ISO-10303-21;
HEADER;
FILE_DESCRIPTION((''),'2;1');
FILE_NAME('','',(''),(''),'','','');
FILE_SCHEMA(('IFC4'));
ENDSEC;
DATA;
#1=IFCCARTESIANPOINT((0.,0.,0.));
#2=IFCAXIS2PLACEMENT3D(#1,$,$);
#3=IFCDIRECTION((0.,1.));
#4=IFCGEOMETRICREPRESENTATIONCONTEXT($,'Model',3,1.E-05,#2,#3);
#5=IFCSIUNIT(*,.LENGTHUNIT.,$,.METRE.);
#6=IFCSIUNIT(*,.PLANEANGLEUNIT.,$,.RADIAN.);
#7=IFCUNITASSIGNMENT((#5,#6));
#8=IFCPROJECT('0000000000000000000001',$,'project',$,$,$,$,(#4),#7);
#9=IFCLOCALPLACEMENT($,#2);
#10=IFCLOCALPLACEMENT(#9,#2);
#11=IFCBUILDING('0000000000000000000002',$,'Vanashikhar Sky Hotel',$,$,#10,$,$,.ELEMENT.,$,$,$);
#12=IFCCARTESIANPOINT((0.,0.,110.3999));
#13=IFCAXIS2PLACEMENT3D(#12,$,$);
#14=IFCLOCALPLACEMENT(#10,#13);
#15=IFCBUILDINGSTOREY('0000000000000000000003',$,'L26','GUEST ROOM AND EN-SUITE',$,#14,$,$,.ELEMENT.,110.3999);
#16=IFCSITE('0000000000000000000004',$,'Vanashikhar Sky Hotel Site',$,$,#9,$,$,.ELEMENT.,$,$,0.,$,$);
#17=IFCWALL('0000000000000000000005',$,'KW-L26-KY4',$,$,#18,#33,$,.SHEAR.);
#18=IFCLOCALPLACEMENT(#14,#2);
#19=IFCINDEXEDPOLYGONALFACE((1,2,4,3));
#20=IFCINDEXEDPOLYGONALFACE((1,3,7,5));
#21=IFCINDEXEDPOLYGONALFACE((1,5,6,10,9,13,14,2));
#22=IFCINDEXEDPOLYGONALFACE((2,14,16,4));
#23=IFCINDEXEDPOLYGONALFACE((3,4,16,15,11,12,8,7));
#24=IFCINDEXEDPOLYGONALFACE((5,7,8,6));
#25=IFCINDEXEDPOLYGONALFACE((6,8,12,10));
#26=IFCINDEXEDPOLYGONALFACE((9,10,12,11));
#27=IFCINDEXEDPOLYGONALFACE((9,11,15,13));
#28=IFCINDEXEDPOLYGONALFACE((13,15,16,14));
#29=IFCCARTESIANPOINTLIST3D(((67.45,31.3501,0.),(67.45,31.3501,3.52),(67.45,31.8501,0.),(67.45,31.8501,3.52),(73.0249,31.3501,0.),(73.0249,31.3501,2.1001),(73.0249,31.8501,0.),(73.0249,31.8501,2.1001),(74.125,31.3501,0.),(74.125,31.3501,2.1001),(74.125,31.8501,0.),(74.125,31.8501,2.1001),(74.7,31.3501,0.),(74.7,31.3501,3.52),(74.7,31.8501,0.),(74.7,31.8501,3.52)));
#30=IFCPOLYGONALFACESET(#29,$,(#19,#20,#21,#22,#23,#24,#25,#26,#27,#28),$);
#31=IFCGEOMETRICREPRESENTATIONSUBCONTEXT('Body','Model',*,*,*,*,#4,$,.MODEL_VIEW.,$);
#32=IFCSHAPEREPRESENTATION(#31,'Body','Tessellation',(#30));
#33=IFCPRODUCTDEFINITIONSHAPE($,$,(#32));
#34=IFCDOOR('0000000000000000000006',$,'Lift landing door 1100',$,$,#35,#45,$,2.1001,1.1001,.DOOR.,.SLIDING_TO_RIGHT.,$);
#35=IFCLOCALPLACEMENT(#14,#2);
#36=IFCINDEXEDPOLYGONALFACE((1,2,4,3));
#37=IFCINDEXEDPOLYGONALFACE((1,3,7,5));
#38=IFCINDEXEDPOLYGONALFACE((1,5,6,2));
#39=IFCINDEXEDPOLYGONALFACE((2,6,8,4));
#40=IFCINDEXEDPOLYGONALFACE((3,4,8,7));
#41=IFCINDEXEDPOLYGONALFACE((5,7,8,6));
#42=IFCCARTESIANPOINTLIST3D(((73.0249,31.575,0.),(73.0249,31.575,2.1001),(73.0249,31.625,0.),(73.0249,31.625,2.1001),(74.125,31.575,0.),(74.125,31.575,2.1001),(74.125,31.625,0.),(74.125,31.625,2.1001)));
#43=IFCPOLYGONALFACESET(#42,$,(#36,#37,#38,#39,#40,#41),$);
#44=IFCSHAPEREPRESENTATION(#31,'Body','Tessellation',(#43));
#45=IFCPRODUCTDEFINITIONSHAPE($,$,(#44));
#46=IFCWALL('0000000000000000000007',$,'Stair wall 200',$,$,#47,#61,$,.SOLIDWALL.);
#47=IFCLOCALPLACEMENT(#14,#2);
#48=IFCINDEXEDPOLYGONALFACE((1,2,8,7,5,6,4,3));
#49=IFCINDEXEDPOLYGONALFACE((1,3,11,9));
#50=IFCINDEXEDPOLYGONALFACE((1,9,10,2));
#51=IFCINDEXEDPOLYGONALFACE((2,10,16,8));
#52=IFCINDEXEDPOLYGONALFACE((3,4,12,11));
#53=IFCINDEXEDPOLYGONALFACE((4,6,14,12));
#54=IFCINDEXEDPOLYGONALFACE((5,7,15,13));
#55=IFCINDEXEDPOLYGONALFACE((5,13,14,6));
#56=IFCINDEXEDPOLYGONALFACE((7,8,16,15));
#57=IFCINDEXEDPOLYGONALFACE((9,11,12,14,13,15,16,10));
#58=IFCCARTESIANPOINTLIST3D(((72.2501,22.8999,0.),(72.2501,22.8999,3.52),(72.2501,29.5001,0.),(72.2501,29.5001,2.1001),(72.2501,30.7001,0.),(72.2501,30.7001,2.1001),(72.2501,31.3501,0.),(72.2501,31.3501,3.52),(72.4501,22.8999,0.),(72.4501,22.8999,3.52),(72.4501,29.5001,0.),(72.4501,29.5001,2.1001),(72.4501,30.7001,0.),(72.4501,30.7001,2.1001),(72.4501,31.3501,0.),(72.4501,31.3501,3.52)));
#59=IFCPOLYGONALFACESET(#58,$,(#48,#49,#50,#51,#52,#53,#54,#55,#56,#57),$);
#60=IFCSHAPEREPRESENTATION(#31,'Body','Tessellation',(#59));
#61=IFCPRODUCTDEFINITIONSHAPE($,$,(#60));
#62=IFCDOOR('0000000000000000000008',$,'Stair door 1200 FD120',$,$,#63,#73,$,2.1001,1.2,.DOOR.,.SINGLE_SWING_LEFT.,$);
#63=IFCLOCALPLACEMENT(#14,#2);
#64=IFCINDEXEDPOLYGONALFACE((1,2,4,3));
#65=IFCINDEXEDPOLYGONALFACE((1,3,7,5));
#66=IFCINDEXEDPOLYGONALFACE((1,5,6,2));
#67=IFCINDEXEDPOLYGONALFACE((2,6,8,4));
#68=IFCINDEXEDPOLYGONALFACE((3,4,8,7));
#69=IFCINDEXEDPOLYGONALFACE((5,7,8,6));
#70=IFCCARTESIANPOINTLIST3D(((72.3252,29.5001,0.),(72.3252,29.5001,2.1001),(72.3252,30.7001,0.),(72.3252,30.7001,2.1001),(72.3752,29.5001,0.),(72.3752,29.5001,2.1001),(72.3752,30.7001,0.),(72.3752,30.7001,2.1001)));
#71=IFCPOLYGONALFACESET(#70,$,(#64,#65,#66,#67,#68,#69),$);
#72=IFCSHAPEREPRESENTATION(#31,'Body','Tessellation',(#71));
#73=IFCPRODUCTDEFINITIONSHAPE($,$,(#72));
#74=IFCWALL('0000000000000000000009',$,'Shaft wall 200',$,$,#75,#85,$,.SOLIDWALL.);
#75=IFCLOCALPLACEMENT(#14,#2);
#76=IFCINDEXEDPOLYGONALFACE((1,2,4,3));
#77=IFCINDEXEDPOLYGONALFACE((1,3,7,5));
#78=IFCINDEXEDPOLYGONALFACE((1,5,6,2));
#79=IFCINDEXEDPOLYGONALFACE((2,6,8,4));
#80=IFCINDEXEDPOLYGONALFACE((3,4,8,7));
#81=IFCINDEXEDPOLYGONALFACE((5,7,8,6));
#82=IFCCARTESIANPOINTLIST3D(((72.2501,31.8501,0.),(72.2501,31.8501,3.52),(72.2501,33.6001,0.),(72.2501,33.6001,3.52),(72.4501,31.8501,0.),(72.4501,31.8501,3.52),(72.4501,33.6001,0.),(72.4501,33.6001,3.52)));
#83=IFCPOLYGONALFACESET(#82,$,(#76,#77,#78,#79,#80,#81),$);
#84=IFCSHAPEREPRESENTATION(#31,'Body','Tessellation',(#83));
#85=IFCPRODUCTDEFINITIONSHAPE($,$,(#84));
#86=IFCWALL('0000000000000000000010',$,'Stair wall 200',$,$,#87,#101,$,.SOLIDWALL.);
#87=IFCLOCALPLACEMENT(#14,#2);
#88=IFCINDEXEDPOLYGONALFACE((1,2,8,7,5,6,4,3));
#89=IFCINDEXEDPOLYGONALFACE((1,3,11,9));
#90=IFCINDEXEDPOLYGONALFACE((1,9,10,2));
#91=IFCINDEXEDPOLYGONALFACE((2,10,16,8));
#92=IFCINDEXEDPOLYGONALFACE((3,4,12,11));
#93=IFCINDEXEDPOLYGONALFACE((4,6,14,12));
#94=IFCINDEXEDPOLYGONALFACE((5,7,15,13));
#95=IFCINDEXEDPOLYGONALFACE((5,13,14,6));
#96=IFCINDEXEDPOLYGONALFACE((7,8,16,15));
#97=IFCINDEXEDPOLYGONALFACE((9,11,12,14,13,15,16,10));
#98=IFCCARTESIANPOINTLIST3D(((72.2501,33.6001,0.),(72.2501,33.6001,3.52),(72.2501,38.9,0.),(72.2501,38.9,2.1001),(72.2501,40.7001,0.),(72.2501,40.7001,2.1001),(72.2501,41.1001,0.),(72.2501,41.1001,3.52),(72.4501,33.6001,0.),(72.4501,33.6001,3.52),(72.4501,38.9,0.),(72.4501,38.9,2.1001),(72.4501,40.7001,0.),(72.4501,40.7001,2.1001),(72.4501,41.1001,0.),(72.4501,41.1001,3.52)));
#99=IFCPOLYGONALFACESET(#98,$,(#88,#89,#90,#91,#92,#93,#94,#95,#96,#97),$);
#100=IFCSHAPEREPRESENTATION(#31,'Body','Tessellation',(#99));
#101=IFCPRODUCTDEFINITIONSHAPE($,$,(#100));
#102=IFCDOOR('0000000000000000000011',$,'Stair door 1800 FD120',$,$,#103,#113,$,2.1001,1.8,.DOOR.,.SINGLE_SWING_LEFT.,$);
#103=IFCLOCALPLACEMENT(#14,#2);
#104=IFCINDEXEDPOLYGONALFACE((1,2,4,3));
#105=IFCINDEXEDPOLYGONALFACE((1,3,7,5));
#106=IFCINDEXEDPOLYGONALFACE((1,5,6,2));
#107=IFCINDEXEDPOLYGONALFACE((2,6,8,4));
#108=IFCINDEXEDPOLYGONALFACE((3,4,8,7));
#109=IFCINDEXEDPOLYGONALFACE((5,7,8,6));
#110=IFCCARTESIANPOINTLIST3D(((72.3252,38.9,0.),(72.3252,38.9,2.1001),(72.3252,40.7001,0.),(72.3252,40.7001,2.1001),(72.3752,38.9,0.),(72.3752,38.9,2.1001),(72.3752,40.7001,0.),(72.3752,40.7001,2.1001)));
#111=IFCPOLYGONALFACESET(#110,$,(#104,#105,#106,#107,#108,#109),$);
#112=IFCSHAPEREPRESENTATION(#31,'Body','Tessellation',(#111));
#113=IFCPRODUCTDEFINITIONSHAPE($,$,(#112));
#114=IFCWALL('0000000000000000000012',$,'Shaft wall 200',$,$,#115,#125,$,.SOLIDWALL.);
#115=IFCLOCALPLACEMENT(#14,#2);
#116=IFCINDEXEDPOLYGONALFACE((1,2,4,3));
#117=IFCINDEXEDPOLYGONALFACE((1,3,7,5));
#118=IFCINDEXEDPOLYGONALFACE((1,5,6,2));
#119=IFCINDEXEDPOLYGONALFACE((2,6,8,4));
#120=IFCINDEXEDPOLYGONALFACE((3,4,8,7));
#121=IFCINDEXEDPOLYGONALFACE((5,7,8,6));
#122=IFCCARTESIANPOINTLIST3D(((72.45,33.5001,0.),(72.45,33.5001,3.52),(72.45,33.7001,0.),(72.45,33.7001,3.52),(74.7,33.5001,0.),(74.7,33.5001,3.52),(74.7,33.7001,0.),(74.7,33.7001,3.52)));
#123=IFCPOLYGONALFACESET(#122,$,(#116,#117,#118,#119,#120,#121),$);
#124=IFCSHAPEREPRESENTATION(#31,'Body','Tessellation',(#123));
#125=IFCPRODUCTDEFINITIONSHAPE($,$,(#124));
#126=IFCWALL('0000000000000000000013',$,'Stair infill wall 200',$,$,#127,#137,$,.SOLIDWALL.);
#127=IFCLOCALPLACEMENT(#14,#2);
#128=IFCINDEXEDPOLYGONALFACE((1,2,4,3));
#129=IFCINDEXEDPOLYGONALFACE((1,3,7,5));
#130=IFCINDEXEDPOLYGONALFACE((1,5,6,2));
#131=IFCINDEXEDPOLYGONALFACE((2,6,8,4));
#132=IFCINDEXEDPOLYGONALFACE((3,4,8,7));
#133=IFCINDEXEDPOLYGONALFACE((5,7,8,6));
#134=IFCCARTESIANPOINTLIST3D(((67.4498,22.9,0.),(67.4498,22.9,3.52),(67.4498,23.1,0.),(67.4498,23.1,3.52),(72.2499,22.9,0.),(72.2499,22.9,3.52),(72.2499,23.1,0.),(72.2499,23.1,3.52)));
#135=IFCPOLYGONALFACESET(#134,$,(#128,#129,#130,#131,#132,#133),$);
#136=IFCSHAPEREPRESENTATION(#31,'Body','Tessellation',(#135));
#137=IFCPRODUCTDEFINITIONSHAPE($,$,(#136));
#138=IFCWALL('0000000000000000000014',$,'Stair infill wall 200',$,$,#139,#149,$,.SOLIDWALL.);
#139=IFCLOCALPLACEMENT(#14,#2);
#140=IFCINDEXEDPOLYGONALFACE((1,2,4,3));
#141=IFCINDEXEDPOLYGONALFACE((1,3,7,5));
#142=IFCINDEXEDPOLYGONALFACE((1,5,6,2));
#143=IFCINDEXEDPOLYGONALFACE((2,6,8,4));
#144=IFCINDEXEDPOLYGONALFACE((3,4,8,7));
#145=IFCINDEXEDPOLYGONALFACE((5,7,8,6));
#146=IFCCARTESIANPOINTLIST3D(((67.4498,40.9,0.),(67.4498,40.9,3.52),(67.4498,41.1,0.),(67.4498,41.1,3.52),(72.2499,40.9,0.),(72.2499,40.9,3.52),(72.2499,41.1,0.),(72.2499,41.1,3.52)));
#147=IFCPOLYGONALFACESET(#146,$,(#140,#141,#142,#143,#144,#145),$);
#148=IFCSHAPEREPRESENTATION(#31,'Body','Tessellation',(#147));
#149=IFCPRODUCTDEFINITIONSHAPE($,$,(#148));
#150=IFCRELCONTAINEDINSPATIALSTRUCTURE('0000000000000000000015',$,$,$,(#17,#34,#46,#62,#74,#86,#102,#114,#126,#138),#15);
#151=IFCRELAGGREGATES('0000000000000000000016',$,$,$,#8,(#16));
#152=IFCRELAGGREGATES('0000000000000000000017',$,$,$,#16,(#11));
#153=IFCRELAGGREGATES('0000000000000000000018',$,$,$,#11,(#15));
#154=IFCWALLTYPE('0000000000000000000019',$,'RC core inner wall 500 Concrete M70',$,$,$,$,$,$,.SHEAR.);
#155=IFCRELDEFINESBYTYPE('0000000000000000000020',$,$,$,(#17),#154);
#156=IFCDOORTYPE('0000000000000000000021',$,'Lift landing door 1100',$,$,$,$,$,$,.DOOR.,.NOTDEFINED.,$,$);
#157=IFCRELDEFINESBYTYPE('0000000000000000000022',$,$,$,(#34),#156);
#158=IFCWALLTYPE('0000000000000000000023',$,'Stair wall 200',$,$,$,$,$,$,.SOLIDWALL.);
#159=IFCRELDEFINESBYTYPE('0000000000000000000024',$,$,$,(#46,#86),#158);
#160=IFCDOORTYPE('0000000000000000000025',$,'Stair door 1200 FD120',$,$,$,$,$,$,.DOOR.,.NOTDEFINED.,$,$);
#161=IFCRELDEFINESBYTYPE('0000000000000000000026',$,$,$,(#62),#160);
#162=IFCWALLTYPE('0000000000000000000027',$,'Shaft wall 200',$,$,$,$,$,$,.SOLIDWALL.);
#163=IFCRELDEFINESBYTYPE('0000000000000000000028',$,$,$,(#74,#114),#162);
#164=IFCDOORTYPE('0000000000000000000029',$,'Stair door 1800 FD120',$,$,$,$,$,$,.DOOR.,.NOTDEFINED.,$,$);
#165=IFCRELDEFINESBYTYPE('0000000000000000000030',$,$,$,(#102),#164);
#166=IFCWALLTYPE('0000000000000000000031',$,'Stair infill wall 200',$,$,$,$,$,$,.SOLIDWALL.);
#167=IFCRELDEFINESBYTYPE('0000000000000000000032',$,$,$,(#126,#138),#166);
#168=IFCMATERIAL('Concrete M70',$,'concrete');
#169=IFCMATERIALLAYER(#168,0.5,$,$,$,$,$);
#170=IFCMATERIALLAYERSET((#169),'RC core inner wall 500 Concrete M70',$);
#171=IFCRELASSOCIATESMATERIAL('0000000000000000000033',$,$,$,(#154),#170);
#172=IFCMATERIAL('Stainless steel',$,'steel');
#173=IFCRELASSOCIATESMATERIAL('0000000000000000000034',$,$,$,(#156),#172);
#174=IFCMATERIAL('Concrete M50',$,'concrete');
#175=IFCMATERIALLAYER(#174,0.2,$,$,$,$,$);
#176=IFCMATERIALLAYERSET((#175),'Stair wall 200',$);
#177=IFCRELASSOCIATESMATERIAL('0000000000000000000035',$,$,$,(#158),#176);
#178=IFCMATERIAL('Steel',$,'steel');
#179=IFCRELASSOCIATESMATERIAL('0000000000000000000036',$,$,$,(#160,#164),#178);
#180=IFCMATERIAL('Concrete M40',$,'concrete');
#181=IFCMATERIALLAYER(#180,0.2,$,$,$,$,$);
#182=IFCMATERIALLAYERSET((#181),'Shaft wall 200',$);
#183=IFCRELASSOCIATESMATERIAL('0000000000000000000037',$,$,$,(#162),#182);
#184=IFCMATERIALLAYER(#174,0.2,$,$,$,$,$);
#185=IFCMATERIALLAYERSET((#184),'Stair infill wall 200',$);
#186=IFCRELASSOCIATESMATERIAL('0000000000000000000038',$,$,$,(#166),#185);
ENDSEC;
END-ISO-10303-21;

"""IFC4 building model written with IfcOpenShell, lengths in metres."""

from ifc_helpers import new_model, si_unit, direction, frame, frame_2d, origin, place, context, subcontext, project, spatial, rectangle, extrude, source, transform, mapped, material, layer, layer_set, type_object, element, fill, save


model = new_model("IFC4")

# Units and contexts
model_context = context("Model", 3, precision=1e-05, world=origin(), true_north=direction((0.0, 1.0)))
body_context = subcontext(model_context, "Body", "Model", "MODEL_VIEW")
ifc_project = project(units=[si_unit("LENGTHUNIT", "METRE"), si_unit("PLANEANGLEUNIT", "RADIAN")], contexts=[model_context])

# Site, building, storey
site_placement = place(None, origin())
site = spatial("IfcSite", under=ifc_project, at=site_placement, Name="Vanashikhar Sky Hotel Site", CompositionType="ELEMENT", RefElevation=0.0)
building_placement = place(site_placement, origin())
building = spatial("IfcBuilding", under=site, at=building_placement, Name="Vanashikhar Sky Hotel", CompositionType="ELEMENT")
storey_placement = place(building_placement, frame((0.0, 0.0, 110.3999)))
storey = spatial("IfcBuildingStorey", under=building, at=storey_placement, Name="L26", Description="GUEST ROOM AND EN-SUITE", CompositionType="ELEMENT", Elevation=110.3999)

# Walls, openings, doors
ifc_material_1 = material(Name="Concrete M70", Category="concrete")
ifc_layer_1 = layer(ifc_material_1, 0.5)
ifc_layer_set_1 = layer_set([ifc_layer_1], Name="RC core inner wall 500 Concrete M70")
wall_type_1 = type_object("IfcWallType", Name="RC core inner wall 500 Concrete M70", PredefinedType="SHEAR", material=ifc_layer_set_1)
shared_shape_1 = source(origin(), body_context, "Body", "SweptSolid", [
    extrude(rectangle(XDim=7.25, YDim=0.5, at=frame_2d((3.625, 0.0))), origin(), (0.0, 0.0, 1.0), 3.52),
])
wall_1_placement = place(storey_placement, frame((67.45, 31.6001, 0.0), z_axis=(0.0, 0.0, 1.0), x_axis=(1.0, 0.0, 0.0)))
wall_1 = element("IfcWall", 1, at=wall_1_placement, inside=storey, type_object=wall_type_1, Name="KW-L26-KY4", PredefinedType="SHEAR", context=body_context, shape_type="MappedRepresentation", body=[
    mapped(shared_shape_1, transform((0.0, 0.0, 0.0), scale=1.0)),
])
shared_shape_2 = source(origin(), body_context, "Body", "SweptSolid", [
    extrude(rectangle(XDim=1.1001, YDim=2.1001, at=frame_2d((0.55, 1.05))), frame((0.0, 0.26, 0.0), z_axis=(0.0, -1.0, 0.0), x_axis=(1.0, 0.0, 0.0)), (0.0, 0.0, 1.0), 0.52),
])
opening_1_placement = place(wall_1_placement, frame((5.575, 0.0, 0.0)))
opening_1 = element("IfcOpeningElement", 2, at=opening_1_placement, cuts=wall_1, PredefinedType="OPENING", context=body_context, shape_type="MappedRepresentation", body=[
    mapped(shared_shape_2, transform((0.0, 0.0, 0.0), scale=1.0)),
])
ifc_material_2 = material(Name="Stainless steel", Category="steel")
door_type_1 = type_object("IfcDoorType", Name="Lift landing door 1100", OperationType="NOTDEFINED", PredefinedType="DOOR", material=ifc_material_2)
shared_shape_3 = source(origin(), body_context, "Body", "SweptSolid", [
    extrude(rectangle(XDim=1.1001, YDim=2.1001, at=frame_2d((0.55, 1.05))), frame((0.0, 0.0249, 0.0), z_axis=(0.0, -1.0, 0.0), x_axis=(1.0, 0.0, 0.0)), (0.0, 0.0, 1.0), 0.05),
])
door_1_placement = place(opening_1_placement, origin())
door_1 = element("IfcDoor", 3, at=door_1_placement, inside=storey, type_object=door_type_1, Name="Lift landing door 1100", OperationType="SLIDING_TO_RIGHT", OverallHeight=2.1001, OverallWidth=1.1001, PredefinedType="DOOR", context=body_context, shape_type="MappedRepresentation", body=[
    mapped(shared_shape_3, transform((0.0, 0.0, 0.0), scale=1.0)),
])
fill(opening_1, door_1)
ifc_material_3 = material(Name="Concrete M50", Category="concrete")
ifc_layer_2 = layer(ifc_material_3, 0.2)
ifc_layer_set_2 = layer_set([ifc_layer_2], Name="Stair wall 200")
wall_type_2 = type_object("IfcWallType", Name="Stair wall 200", PredefinedType="SOLIDWALL", material=ifc_layer_set_2)
shared_shape_4 = source(origin(), body_context, "Body", "SweptSolid", [
    extrude(rectangle(XDim=8.4502, YDim=0.2, at=frame_2d((4.2251, 0.0))), origin(), (0.0, 0.0, 1.0), 3.52),
])
wall_2_placement = place(storey_placement, frame((72.3501, 22.8999, 0.0), z_axis=(0.0, 0.0, 1.0), x_axis=(0.0, 1.0, 0.0)))
wall_2 = element("IfcWall", 4, at=wall_2_placement, inside=storey, type_object=wall_type_2, Name="Stair wall 200", PredefinedType="SOLIDWALL", context=body_context, shape_type="MappedRepresentation", body=[
    mapped(shared_shape_4, transform((0.0, 0.0, 0.0), scale=1.0)),
])
shared_shape_5 = source(origin(), body_context, "Body", "SweptSolid", [
    extrude(rectangle(XDim=1.2, YDim=2.1001, at=frame_2d((0.6001, 1.05))), frame((0.0, 0.1099, 0.0), z_axis=(0.0, -1.0, 0.0), x_axis=(1.0, 0.0, 0.0)), (0.0, 0.0, 1.0), 0.22),
])
opening_2_placement = place(wall_2_placement, frame((6.6001, 0.0, 0.0)))
opening_2 = element("IfcOpeningElement", 5, at=opening_2_placement, cuts=wall_2, PredefinedType="OPENING", context=body_context, shape_type="MappedRepresentation", body=[
    mapped(shared_shape_5, transform((0.0, 0.0, 0.0), scale=1.0)),
])
ifc_material_4 = material(Name="Steel", Category="steel")
door_type_2 = type_object("IfcDoorType", Name="Stair door 1200 FD120", OperationType="NOTDEFINED", PredefinedType="DOOR", material=ifc_material_4)
shared_shape_6 = source(origin(), body_context, "Body", "SweptSolid", [
    extrude(rectangle(XDim=1.2, YDim=2.1001, at=frame_2d((0.6001, 1.05))), frame((0.0, 0.0249, 0.0), z_axis=(0.0, -1.0, 0.0), x_axis=(1.0, 0.0, 0.0)), (0.0, 0.0, 1.0), 0.05),
])
door_2_placement = place(opening_2_placement, origin())
door_2 = element("IfcDoor", 6, at=door_2_placement, inside=storey, type_object=door_type_2, Name="Stair door 1200 FD120", OperationType="SINGLE_SWING_LEFT", OverallHeight=2.1001, OverallWidth=1.2, PredefinedType="DOOR", context=body_context, shape_type="MappedRepresentation", body=[
    mapped(shared_shape_6, transform((0.0, 0.0, 0.0), scale=1.0)),
])
fill(opening_2, door_2)

# Wall
ifc_material_5 = material(Name="Concrete M40", Category="concrete")
ifc_layer_3 = layer(ifc_material_5, 0.2)
ifc_layer_set_3 = layer_set([ifc_layer_3], Name="Shaft wall 200")
wall_type_3 = type_object("IfcWallType", Name="Shaft wall 200", PredefinedType="SOLIDWALL", material=ifc_layer_set_3)
shared_shape_7 = source(origin(), body_context, "Body", "SweptSolid", [
    extrude(rectangle(XDim=1.75, YDim=0.2, at=frame_2d((0.875, 0.0))), origin(), (0.0, 0.0, 1.0), 3.52),
])
wall_3_placement = place(storey_placement, frame((72.3501, 31.8501, 0.0), z_axis=(0.0, 0.0, 1.0), x_axis=(0.0, 1.0, 0.0)))
element("IfcWall", 7, at=wall_3_placement, inside=storey, type_object=wall_type_3, Name="Shaft wall 200", PredefinedType="SOLIDWALL", context=body_context, shape_type="MappedRepresentation", body=[
    mapped(shared_shape_7, transform((0.0, 0.0, 0.0), scale=1.0)),
])

# Wall, opening, door
shared_shape_8 = source(origin(), body_context, "Body", "SweptSolid", [
    extrude(rectangle(XDim=7.5, YDim=0.2, at=frame_2d((3.75, 0.0))), origin(), (0.0, 0.0, 1.0), 3.52),
])
wall_4_placement = place(storey_placement, frame((72.3501, 33.6001, 0.0), z_axis=(0.0, 0.0, 1.0), x_axis=(0.0, 1.0, 0.0)))
wall_4 = element("IfcWall", 8, at=wall_4_placement, inside=storey, type_object=wall_type_2, Name="Stair wall 200", PredefinedType="SOLIDWALL", context=body_context, shape_type="MappedRepresentation", body=[
    mapped(shared_shape_8, transform((0.0, 0.0, 0.0), scale=1.0)),
])
shared_shape_9 = source(origin(), body_context, "Body", "SweptSolid", [
    extrude(rectangle(XDim=1.8, YDim=2.1001, at=frame_2d((0.8999, 1.05))), frame((0.0, 0.1099, 0.0), z_axis=(0.0, -1.0, 0.0), x_axis=(1.0, 0.0, 0.0)), (0.0, 0.0, 1.0), 0.22),
])
opening_3_placement = place(wall_4_placement, frame((5.3, 0.0, 0.0)))
opening_3 = element("IfcOpeningElement", 9, at=opening_3_placement, cuts=wall_4, PredefinedType="OPENING", context=body_context, shape_type="MappedRepresentation", body=[
    mapped(shared_shape_9, transform((0.0, 0.0, 0.0), scale=1.0)),
])
door_type_3 = type_object("IfcDoorType", Name="Stair door 1800 FD120", OperationType="NOTDEFINED", PredefinedType="DOOR", material=ifc_material_4)
shared_shape_10 = source(origin(), body_context, "Body", "SweptSolid", [
    extrude(rectangle(XDim=1.8, YDim=2.1001, at=frame_2d((0.8999, 1.05))), frame((0.0, 0.0249, 0.0), z_axis=(0.0, -1.0, 0.0), x_axis=(1.0, 0.0, 0.0)), (0.0, 0.0, 1.0), 0.05),
])
door_3_placement = place(opening_3_placement, origin())
door_3 = element("IfcDoor", 10, at=door_3_placement, inside=storey, type_object=door_type_3, Name="Stair door 1800 FD120", OperationType="SINGLE_SWING_LEFT", OverallHeight=2.1001, OverallWidth=1.8, PredefinedType="DOOR", context=body_context, shape_type="MappedRepresentation", body=[
    mapped(shared_shape_10, transform((0.0, 0.0, 0.0), scale=1.0)),
])
fill(opening_3, door_3)

# Walls
shared_shape_11 = source(origin(), body_context, "Body", "SweptSolid", [
    extrude(rectangle(XDim=2.25, YDim=0.2, at=frame_2d((1.125, 0.0))), origin(), (0.0, 0.0, 1.0), 3.52),
])
wall_5_placement = place(storey_placement, frame((72.45, 33.6001, 0.0), z_axis=(0.0, 0.0, 1.0), x_axis=(1.0, 0.0, 0.0)))
element("IfcWall", 11, at=wall_5_placement, inside=storey, type_object=wall_type_3, Name="Shaft wall 200", PredefinedType="SOLIDWALL", context=body_context, shape_type="MappedRepresentation", body=[
    mapped(shared_shape_11, transform((0.0, 0.0, 0.0), scale=1.0)),
])
ifc_layer_4 = layer(ifc_material_3, 0.2)
ifc_layer_set_4 = layer_set([ifc_layer_4], Name="Stair infill wall 200")
wall_type_4 = type_object("IfcWallType", Name="Stair infill wall 200", PredefinedType="SOLIDWALL", material=ifc_layer_set_4)
shared_shape_12 = source(origin(), body_context, "Body", "SweptSolid", [
    extrude(rectangle(XDim=4.8, YDim=0.2, at=frame_2d((2.3999, 0.0))), origin(), (0.0, 0.0, 1.0), 3.52),
])
for number, where, z_axis, x_axis, name in (
    (12, (67.45, 23.0, 0.0), (0.0, 0.0, 1.0), (1.0, 0.0, 0.0), "Stair infill wall 200"),
    (13, (67.45, 41.0, 0.0), (0.0, 0.0, 1.0), (1.0, 0.0, 0.0), "Stair infill wall 200"),
):
    element("IfcWall", number, at=place(storey_placement, frame(where, z_axis=z_axis, x_axis=x_axis)), inside=storey, type_object=wall_type_4, Name=name, PredefinedType="SOLIDWALL", context=body_context, shape_type="MappedRepresentation", body=[
        mapped(shared_shape_12, transform((0.0, 0.0, 0.0), scale=1.0)),
    ])

save(model, "model.ifc")
